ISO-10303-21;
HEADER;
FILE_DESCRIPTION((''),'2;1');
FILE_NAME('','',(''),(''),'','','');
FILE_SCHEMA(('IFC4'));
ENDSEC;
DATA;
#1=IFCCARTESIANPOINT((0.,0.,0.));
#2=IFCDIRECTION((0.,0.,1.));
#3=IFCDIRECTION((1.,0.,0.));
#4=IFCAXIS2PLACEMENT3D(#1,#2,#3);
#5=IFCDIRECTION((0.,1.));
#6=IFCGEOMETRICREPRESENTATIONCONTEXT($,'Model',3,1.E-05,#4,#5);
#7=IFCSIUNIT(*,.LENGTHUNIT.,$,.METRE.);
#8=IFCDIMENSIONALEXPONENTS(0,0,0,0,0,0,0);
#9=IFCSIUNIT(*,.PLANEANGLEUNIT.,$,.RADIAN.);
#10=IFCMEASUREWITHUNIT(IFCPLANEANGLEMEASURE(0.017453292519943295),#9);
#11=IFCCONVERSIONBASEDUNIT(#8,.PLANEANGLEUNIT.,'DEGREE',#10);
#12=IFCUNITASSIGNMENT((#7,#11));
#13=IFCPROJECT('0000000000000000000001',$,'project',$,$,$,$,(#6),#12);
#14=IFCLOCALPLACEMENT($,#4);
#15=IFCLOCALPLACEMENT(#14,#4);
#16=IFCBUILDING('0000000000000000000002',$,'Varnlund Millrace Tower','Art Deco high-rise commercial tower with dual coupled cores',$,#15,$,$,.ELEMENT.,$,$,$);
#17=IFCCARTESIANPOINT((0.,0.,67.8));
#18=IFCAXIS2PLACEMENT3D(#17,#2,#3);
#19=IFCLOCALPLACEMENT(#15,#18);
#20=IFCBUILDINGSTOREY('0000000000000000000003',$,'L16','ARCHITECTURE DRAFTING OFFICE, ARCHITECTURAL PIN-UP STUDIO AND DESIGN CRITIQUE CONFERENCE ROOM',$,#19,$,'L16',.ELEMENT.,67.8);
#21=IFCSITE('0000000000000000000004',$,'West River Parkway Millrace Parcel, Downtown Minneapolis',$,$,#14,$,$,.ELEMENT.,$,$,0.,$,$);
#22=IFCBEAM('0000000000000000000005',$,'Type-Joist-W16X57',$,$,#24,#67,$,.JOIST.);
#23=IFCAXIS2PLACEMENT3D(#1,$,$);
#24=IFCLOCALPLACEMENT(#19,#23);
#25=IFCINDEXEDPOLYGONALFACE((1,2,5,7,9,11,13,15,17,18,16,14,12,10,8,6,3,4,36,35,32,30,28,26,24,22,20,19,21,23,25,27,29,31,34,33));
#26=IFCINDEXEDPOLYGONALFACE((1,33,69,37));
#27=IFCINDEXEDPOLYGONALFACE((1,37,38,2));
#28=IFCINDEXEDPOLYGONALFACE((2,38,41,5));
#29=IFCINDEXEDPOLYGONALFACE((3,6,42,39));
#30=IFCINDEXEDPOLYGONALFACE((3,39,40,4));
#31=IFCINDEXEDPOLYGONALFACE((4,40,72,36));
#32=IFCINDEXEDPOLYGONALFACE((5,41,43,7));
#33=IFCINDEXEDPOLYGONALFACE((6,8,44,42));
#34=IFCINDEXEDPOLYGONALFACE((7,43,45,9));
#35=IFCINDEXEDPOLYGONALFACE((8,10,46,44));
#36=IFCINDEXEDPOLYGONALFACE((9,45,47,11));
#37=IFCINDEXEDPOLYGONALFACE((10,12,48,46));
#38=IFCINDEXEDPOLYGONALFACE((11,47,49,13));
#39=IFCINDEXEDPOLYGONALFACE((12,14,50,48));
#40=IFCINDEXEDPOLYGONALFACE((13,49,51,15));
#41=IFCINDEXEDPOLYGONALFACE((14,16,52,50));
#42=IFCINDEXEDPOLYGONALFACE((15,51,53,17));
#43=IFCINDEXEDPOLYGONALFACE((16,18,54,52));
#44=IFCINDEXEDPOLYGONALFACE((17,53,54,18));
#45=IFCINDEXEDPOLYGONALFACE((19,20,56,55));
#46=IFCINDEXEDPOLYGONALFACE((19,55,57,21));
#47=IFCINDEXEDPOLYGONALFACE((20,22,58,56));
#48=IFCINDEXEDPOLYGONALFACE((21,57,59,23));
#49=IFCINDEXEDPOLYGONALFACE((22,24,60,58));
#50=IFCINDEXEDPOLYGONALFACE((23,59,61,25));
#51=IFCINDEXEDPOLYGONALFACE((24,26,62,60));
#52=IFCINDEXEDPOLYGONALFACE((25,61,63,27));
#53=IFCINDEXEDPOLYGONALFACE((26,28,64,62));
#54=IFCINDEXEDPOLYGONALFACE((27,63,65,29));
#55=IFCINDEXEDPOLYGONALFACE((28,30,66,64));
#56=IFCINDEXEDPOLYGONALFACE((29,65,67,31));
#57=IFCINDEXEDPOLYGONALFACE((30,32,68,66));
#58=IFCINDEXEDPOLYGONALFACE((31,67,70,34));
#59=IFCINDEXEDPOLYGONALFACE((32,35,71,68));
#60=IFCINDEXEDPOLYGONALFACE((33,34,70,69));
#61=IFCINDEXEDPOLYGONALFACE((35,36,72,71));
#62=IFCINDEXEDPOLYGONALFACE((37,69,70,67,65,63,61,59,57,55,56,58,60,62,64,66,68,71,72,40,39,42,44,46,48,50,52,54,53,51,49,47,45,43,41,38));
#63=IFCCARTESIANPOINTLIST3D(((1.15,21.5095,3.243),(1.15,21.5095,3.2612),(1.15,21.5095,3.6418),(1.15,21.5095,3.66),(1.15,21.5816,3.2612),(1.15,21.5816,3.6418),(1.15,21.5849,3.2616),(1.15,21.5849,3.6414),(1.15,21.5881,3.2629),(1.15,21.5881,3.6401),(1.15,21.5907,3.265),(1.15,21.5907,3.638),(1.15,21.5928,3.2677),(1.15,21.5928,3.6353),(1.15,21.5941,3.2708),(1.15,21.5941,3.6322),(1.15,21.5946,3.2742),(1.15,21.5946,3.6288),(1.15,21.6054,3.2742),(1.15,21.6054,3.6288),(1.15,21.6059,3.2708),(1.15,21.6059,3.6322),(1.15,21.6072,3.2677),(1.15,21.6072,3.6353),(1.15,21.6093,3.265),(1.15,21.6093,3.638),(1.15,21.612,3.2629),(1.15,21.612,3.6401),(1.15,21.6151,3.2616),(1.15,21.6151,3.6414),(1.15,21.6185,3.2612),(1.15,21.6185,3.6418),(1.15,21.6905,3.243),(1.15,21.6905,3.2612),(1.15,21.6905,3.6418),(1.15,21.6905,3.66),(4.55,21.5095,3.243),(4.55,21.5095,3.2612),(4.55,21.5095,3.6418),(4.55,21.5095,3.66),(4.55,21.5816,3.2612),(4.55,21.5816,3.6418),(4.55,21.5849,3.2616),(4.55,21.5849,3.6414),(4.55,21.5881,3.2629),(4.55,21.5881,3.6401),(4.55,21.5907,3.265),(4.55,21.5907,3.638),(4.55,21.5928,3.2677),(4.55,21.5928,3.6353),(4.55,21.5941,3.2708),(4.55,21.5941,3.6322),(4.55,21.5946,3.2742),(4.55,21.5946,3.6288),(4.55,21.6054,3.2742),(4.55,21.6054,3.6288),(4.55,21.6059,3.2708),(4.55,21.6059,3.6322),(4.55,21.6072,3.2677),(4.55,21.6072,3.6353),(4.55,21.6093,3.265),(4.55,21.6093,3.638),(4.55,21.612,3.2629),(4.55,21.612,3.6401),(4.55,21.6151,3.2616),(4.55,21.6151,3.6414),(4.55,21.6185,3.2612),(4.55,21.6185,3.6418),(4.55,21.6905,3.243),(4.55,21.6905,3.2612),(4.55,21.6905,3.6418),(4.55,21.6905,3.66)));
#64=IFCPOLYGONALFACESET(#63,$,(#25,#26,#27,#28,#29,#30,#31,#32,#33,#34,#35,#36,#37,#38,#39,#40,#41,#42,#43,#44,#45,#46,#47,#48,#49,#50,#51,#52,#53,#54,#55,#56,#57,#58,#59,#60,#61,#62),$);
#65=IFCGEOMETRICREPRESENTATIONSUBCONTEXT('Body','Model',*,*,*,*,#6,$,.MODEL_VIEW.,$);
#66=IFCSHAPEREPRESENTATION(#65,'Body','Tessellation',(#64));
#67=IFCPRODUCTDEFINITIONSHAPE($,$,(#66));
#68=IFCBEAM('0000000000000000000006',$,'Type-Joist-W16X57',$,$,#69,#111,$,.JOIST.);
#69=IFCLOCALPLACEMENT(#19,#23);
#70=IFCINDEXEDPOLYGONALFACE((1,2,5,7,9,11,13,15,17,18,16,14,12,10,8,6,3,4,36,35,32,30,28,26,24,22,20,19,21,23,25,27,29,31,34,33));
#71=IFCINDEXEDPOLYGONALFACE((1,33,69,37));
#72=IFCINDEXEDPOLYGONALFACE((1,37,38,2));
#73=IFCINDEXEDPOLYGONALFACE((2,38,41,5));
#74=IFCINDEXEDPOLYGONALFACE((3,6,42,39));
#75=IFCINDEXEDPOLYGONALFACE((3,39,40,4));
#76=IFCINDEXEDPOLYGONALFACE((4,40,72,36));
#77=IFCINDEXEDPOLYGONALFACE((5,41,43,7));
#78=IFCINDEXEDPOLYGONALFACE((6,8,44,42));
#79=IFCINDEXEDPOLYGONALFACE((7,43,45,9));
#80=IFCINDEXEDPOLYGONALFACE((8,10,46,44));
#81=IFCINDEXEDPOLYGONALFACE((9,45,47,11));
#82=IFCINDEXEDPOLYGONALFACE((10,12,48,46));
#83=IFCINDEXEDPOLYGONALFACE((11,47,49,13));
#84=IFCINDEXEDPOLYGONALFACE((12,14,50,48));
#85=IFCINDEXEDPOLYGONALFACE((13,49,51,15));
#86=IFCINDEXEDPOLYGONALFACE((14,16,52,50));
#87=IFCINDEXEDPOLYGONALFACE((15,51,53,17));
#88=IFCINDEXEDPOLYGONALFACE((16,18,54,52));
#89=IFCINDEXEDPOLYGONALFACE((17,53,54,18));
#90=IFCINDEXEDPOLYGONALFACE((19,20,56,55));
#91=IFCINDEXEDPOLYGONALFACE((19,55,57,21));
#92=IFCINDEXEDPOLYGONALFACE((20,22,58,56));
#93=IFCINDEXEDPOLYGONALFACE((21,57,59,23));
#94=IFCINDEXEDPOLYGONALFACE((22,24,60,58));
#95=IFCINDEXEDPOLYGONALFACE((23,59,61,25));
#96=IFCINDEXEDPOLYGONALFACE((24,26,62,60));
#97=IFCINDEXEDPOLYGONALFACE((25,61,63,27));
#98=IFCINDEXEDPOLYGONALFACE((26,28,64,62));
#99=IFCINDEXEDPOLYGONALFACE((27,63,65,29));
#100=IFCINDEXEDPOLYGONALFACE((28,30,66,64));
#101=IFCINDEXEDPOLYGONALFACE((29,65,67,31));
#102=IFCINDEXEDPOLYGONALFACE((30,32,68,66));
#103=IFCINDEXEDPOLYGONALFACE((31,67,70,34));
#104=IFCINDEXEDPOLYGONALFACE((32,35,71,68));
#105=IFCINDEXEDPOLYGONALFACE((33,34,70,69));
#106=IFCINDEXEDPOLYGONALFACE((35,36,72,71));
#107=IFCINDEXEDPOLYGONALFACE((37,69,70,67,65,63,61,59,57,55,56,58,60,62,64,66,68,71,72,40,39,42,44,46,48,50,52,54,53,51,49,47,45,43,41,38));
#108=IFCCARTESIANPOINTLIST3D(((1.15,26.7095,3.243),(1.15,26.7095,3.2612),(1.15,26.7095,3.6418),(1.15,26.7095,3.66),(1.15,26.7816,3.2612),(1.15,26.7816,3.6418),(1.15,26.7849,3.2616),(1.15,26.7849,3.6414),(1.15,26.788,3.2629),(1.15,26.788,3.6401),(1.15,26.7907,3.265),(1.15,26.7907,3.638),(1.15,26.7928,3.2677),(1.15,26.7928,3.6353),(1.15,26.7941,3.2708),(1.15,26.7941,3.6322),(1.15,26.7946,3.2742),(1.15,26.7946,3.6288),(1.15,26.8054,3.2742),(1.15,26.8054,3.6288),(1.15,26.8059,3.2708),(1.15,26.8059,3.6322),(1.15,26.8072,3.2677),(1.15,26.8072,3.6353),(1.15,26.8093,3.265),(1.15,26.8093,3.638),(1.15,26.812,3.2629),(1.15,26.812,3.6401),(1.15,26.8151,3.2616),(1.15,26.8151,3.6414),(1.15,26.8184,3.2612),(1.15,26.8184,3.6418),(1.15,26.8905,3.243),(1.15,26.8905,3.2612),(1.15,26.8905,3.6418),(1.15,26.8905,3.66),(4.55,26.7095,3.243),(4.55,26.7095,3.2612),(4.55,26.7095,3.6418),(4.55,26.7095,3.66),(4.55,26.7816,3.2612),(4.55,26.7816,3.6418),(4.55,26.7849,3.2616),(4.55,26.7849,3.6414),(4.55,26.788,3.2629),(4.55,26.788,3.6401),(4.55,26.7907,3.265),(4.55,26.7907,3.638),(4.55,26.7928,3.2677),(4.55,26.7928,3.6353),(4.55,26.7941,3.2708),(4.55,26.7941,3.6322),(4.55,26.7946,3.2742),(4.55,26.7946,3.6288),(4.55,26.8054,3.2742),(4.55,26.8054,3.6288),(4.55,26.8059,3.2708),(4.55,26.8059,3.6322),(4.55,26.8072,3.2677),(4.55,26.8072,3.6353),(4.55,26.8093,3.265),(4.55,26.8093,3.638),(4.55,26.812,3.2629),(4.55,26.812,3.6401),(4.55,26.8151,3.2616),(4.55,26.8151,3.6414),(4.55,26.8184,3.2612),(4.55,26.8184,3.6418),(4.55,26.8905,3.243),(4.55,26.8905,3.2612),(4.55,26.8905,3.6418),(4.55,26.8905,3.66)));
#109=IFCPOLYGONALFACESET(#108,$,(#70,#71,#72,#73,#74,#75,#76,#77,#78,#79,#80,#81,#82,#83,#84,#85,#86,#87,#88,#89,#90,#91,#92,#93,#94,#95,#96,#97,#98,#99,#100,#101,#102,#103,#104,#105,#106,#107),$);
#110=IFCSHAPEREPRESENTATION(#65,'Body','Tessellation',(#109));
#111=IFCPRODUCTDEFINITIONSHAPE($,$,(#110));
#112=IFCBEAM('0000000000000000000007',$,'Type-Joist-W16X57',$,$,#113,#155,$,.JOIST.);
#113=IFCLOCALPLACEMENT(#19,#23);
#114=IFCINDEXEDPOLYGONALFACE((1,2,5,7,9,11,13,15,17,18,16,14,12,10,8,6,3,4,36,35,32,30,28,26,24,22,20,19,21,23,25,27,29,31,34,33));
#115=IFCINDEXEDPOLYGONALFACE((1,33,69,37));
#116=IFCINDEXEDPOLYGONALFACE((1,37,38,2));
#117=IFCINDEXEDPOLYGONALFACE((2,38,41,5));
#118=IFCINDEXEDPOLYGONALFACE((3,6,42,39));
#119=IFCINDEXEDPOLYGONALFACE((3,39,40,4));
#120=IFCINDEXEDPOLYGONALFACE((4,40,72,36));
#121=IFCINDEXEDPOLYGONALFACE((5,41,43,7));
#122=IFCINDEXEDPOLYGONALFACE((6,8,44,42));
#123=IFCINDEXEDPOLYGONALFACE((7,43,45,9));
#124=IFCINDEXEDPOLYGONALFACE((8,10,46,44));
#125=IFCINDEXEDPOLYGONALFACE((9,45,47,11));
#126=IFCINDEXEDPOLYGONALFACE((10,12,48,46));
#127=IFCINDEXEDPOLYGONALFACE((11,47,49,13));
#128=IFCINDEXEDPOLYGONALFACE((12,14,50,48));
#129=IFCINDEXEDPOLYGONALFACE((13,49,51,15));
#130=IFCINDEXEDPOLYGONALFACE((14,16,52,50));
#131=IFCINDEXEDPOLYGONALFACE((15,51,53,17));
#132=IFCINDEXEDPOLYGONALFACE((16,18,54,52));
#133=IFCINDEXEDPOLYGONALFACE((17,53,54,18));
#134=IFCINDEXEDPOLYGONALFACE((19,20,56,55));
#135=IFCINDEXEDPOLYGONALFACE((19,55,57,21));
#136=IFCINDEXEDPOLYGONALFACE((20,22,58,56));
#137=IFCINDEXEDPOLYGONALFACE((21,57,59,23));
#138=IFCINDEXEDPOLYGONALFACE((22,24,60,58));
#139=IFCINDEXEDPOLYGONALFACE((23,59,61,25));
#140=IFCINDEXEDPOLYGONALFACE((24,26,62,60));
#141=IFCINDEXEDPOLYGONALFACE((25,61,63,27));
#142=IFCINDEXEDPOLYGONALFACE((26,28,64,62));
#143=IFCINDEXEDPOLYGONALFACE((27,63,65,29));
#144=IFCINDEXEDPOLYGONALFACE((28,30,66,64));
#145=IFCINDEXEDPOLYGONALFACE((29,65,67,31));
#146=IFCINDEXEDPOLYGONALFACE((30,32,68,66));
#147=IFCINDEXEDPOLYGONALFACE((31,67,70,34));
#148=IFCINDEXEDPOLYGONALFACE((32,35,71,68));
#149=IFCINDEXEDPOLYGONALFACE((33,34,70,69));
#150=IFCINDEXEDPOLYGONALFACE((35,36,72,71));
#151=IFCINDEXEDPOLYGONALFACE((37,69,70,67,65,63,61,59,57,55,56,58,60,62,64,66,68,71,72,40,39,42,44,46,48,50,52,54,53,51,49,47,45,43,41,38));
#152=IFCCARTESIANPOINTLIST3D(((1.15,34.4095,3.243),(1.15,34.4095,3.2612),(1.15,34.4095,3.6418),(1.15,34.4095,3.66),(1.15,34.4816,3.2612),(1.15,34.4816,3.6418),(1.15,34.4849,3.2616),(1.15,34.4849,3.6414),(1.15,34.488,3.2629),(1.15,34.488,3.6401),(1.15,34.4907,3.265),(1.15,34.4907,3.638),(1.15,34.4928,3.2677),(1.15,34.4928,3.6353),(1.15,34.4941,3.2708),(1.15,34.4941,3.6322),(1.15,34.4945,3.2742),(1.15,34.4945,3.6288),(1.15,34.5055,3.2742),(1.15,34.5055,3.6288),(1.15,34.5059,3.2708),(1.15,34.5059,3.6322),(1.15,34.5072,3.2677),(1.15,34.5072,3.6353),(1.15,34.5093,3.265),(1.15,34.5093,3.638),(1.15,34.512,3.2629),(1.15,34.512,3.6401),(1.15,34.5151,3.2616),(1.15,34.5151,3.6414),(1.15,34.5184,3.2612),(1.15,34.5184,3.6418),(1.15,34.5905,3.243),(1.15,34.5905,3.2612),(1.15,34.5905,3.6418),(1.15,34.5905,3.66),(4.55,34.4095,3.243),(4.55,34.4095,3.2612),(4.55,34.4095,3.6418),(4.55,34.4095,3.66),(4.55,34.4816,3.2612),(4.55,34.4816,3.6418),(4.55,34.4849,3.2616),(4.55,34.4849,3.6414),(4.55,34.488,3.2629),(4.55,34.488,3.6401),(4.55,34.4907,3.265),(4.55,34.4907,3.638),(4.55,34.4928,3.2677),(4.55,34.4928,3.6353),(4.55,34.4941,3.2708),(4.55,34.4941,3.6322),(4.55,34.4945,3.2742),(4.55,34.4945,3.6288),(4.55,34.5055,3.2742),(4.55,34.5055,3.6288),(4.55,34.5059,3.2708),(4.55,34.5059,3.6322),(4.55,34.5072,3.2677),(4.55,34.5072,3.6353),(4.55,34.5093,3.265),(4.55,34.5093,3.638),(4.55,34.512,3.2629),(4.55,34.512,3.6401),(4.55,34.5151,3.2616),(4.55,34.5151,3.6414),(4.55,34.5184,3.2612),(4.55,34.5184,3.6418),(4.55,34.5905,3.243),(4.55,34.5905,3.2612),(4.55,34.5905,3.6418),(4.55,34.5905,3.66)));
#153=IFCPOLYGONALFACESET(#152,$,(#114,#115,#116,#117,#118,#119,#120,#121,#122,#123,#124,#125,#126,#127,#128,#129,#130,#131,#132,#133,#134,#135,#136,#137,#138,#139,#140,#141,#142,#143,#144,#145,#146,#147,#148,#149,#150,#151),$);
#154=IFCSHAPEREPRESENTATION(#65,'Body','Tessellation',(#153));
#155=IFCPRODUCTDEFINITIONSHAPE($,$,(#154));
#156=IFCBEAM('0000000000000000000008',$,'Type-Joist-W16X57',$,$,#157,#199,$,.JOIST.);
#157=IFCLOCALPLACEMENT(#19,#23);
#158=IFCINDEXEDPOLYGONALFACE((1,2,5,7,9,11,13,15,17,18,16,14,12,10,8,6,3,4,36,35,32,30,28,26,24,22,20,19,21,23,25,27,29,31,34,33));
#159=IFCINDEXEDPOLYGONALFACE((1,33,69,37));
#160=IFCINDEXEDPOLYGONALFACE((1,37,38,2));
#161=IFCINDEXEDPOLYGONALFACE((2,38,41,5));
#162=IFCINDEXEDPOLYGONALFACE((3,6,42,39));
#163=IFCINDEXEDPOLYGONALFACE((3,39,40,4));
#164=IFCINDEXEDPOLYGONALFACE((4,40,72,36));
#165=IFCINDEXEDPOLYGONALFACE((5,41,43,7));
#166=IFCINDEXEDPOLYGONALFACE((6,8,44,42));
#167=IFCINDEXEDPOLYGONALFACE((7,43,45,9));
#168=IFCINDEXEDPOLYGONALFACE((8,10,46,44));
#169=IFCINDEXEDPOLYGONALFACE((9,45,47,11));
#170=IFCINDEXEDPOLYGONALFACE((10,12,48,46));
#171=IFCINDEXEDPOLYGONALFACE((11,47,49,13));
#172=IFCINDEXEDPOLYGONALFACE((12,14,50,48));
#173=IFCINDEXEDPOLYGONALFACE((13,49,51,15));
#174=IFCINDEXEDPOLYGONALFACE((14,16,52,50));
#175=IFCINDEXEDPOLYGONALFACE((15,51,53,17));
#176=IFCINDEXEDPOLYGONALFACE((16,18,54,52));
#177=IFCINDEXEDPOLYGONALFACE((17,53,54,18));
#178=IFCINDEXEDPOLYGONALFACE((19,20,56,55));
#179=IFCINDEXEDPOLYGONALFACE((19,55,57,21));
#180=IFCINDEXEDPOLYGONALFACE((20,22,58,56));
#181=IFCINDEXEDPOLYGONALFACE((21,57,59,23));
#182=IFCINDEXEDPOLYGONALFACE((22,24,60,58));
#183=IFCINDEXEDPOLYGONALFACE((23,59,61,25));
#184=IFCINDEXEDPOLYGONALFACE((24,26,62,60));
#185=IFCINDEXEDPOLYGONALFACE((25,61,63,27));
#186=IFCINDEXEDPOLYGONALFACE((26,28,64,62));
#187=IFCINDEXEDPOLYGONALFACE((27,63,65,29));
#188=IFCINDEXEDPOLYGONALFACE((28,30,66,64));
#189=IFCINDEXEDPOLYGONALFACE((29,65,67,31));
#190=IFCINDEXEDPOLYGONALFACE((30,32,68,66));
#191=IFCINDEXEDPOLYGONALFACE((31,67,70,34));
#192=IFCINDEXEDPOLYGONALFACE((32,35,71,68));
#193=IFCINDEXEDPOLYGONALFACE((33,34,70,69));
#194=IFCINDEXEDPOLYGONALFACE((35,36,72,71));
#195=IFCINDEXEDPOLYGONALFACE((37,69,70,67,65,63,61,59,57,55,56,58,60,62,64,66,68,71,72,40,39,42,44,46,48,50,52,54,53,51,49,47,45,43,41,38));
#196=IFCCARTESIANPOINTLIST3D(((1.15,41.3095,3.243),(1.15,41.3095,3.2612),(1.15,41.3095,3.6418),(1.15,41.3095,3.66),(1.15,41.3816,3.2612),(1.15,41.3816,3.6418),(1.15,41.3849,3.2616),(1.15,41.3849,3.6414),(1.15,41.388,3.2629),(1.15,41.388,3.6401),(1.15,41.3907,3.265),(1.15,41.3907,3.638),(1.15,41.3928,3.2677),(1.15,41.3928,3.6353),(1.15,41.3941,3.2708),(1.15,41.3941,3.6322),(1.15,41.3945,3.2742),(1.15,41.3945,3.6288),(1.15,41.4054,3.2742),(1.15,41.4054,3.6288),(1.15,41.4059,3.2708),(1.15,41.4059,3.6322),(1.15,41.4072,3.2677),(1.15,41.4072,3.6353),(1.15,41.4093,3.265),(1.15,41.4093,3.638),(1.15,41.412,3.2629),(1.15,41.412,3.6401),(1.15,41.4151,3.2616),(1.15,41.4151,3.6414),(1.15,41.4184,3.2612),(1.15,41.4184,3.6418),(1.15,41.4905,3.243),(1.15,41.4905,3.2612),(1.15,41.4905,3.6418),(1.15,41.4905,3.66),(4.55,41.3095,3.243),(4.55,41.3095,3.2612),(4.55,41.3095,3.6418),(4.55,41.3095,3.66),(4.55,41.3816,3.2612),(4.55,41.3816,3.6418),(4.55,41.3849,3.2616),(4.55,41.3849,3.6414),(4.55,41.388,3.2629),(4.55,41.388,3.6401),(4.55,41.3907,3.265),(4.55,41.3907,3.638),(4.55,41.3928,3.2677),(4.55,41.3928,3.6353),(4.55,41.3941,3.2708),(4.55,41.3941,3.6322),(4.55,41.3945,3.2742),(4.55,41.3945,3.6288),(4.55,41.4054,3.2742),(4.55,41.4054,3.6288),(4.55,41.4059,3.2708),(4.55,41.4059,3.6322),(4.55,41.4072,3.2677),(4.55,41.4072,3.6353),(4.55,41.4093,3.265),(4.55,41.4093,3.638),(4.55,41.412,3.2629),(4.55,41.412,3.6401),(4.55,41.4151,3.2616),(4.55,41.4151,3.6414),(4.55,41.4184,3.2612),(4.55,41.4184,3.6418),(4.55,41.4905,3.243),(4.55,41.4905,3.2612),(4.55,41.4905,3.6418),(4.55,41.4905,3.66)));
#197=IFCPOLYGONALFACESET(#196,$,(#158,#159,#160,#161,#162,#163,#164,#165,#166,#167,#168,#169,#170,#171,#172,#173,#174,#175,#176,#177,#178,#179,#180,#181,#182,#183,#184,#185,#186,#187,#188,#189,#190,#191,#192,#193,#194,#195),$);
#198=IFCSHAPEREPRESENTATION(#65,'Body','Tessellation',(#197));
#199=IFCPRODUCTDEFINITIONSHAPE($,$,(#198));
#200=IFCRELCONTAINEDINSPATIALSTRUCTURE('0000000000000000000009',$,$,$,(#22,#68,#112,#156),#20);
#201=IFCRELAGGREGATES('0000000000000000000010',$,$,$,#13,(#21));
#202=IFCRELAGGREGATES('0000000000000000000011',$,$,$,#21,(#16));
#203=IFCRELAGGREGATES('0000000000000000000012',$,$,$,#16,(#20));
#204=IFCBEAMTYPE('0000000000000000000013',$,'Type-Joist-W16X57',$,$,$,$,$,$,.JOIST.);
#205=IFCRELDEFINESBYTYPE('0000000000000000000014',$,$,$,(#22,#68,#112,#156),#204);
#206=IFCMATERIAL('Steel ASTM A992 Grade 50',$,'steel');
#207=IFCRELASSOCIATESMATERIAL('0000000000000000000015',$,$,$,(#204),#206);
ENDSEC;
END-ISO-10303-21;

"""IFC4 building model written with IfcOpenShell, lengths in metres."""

from ifc_helpers import new_model, entity, si_unit, converted_unit, direction, frame, origin_with_axes, origin_2d_with_axis, place, context, subcontext, project, spatial, i_section, extrude, material, material_profile, profile_set, type_object, element, save


model = new_model("IFC4")

# Units and contexts
model_context = context("Model", 3, precision=1e-05, world=origin_with_axes(), true_north=direction((0.0, 1.0)))
body_context = subcontext(model_context, "Body", "Model", "MODEL_VIEW")
ifc_project = project(units=[si_unit("LENGTHUNIT", "METRE"), converted_unit("PLANEANGLEUNIT", "DEGREE", entity("IfcPlaneAngleMeasure", 0.017453292519943295), si_unit("PLANEANGLEUNIT", "RADIAN"), dimensions=[0, 0, 0, 0, 0, 0, 0])], contexts=[model_context])

# Site, building, storey
site_placement = place(None, origin_with_axes())
site = spatial("IfcSite", under=ifc_project, at=site_placement, Name="West River Parkway Millrace Parcel, Downtown Minneapolis", CompositionType="ELEMENT", RefElevation=0.0)
building_placement = place(site_placement, origin_with_axes())
building = spatial("IfcBuilding", under=site, at=building_placement, Name="Varnlund Millrace Tower", Description="Art Deco high-rise commercial tower with dual coupled cores", CompositionType="ELEMENT")
storey_placement = place(building_placement, frame((0.0, 0.0, 67.8), z_axis=(0.0, 0.0, 1.0), x_axis=(1.0, 0.0, 0.0)))
storey = spatial("IfcBuildingStorey", under=building, at=storey_placement, Name="L16", Description="ARCHITECTURE DRAFTING OFFICE, ARCHITECTURAL PIN-UP STUDIO AND DESIGN CRITIQUE CONFERENCE ROOM", LongName="L16", CompositionType="ELEMENT", Elevation=67.8)

# Beams
ifc_material_1 = material(Name="Steel ASTM A992 Grade 50", Category="steel")
ifc_material_profile_1 = material_profile(ifc_material_1, i_section(OverallWidth=0.181, OverallDepth=0.417, WebThickness=0.0109, FlangeThickness=0.0182, FilletRadius=0.013, at=origin_2d_with_axis()), Name="Steel ASTM A992 Grade 50")
ifc_profile_set_1 = profile_set([ifc_material_profile_1], Name="Steel ASTM A992 Grade 50")
beam_type_1 = type_object("IfcBeamType", Name="Type-Joist-W16X57", PredefinedType="JOIST", material=ifc_profile_set_1)
for number, where, z_axis, x_axis, name in (
    (1, (1.15, 21.6, 3.4515), (1.0, 0.0, 0.0), (0.0, 1.0, 0.0), "Type-Joist-W16X57"),
    (2, (1.15, 26.8, 3.4515), (1.0, 0.0, 0.0), (0.0, 1.0, 0.0), "Type-Joist-W16X57"),
    (3, (1.15, 34.5, 3.4515), (1.0, 0.0, 0.0), (0.0, 1.0, 0.0), "Type-Joist-W16X57"),
    (4, (1.15, 41.4, 3.4515), (1.0, 0.0, 0.0), (0.0, 1.0, 0.0), "Type-Joist-W16X57"),
):
    element("IfcBeam", number, at=place(storey_placement, frame(where, z_axis=z_axis, x_axis=x_axis)), inside=storey, type_object=beam_type_1, Name=name, PredefinedType="JOIST", context=body_context, shape_type="SweptSolid", body=[
        extrude(i_section(OverallWidth=0.181, OverallDepth=0.417, WebThickness=0.0109, FlangeThickness=0.0182, FilletRadius=0.013, at=origin_2d_with_axis()), origin_with_axes(), (0.0, 0.0, 1.0), 3.4),
    ])

save(model, "model.ifc")
